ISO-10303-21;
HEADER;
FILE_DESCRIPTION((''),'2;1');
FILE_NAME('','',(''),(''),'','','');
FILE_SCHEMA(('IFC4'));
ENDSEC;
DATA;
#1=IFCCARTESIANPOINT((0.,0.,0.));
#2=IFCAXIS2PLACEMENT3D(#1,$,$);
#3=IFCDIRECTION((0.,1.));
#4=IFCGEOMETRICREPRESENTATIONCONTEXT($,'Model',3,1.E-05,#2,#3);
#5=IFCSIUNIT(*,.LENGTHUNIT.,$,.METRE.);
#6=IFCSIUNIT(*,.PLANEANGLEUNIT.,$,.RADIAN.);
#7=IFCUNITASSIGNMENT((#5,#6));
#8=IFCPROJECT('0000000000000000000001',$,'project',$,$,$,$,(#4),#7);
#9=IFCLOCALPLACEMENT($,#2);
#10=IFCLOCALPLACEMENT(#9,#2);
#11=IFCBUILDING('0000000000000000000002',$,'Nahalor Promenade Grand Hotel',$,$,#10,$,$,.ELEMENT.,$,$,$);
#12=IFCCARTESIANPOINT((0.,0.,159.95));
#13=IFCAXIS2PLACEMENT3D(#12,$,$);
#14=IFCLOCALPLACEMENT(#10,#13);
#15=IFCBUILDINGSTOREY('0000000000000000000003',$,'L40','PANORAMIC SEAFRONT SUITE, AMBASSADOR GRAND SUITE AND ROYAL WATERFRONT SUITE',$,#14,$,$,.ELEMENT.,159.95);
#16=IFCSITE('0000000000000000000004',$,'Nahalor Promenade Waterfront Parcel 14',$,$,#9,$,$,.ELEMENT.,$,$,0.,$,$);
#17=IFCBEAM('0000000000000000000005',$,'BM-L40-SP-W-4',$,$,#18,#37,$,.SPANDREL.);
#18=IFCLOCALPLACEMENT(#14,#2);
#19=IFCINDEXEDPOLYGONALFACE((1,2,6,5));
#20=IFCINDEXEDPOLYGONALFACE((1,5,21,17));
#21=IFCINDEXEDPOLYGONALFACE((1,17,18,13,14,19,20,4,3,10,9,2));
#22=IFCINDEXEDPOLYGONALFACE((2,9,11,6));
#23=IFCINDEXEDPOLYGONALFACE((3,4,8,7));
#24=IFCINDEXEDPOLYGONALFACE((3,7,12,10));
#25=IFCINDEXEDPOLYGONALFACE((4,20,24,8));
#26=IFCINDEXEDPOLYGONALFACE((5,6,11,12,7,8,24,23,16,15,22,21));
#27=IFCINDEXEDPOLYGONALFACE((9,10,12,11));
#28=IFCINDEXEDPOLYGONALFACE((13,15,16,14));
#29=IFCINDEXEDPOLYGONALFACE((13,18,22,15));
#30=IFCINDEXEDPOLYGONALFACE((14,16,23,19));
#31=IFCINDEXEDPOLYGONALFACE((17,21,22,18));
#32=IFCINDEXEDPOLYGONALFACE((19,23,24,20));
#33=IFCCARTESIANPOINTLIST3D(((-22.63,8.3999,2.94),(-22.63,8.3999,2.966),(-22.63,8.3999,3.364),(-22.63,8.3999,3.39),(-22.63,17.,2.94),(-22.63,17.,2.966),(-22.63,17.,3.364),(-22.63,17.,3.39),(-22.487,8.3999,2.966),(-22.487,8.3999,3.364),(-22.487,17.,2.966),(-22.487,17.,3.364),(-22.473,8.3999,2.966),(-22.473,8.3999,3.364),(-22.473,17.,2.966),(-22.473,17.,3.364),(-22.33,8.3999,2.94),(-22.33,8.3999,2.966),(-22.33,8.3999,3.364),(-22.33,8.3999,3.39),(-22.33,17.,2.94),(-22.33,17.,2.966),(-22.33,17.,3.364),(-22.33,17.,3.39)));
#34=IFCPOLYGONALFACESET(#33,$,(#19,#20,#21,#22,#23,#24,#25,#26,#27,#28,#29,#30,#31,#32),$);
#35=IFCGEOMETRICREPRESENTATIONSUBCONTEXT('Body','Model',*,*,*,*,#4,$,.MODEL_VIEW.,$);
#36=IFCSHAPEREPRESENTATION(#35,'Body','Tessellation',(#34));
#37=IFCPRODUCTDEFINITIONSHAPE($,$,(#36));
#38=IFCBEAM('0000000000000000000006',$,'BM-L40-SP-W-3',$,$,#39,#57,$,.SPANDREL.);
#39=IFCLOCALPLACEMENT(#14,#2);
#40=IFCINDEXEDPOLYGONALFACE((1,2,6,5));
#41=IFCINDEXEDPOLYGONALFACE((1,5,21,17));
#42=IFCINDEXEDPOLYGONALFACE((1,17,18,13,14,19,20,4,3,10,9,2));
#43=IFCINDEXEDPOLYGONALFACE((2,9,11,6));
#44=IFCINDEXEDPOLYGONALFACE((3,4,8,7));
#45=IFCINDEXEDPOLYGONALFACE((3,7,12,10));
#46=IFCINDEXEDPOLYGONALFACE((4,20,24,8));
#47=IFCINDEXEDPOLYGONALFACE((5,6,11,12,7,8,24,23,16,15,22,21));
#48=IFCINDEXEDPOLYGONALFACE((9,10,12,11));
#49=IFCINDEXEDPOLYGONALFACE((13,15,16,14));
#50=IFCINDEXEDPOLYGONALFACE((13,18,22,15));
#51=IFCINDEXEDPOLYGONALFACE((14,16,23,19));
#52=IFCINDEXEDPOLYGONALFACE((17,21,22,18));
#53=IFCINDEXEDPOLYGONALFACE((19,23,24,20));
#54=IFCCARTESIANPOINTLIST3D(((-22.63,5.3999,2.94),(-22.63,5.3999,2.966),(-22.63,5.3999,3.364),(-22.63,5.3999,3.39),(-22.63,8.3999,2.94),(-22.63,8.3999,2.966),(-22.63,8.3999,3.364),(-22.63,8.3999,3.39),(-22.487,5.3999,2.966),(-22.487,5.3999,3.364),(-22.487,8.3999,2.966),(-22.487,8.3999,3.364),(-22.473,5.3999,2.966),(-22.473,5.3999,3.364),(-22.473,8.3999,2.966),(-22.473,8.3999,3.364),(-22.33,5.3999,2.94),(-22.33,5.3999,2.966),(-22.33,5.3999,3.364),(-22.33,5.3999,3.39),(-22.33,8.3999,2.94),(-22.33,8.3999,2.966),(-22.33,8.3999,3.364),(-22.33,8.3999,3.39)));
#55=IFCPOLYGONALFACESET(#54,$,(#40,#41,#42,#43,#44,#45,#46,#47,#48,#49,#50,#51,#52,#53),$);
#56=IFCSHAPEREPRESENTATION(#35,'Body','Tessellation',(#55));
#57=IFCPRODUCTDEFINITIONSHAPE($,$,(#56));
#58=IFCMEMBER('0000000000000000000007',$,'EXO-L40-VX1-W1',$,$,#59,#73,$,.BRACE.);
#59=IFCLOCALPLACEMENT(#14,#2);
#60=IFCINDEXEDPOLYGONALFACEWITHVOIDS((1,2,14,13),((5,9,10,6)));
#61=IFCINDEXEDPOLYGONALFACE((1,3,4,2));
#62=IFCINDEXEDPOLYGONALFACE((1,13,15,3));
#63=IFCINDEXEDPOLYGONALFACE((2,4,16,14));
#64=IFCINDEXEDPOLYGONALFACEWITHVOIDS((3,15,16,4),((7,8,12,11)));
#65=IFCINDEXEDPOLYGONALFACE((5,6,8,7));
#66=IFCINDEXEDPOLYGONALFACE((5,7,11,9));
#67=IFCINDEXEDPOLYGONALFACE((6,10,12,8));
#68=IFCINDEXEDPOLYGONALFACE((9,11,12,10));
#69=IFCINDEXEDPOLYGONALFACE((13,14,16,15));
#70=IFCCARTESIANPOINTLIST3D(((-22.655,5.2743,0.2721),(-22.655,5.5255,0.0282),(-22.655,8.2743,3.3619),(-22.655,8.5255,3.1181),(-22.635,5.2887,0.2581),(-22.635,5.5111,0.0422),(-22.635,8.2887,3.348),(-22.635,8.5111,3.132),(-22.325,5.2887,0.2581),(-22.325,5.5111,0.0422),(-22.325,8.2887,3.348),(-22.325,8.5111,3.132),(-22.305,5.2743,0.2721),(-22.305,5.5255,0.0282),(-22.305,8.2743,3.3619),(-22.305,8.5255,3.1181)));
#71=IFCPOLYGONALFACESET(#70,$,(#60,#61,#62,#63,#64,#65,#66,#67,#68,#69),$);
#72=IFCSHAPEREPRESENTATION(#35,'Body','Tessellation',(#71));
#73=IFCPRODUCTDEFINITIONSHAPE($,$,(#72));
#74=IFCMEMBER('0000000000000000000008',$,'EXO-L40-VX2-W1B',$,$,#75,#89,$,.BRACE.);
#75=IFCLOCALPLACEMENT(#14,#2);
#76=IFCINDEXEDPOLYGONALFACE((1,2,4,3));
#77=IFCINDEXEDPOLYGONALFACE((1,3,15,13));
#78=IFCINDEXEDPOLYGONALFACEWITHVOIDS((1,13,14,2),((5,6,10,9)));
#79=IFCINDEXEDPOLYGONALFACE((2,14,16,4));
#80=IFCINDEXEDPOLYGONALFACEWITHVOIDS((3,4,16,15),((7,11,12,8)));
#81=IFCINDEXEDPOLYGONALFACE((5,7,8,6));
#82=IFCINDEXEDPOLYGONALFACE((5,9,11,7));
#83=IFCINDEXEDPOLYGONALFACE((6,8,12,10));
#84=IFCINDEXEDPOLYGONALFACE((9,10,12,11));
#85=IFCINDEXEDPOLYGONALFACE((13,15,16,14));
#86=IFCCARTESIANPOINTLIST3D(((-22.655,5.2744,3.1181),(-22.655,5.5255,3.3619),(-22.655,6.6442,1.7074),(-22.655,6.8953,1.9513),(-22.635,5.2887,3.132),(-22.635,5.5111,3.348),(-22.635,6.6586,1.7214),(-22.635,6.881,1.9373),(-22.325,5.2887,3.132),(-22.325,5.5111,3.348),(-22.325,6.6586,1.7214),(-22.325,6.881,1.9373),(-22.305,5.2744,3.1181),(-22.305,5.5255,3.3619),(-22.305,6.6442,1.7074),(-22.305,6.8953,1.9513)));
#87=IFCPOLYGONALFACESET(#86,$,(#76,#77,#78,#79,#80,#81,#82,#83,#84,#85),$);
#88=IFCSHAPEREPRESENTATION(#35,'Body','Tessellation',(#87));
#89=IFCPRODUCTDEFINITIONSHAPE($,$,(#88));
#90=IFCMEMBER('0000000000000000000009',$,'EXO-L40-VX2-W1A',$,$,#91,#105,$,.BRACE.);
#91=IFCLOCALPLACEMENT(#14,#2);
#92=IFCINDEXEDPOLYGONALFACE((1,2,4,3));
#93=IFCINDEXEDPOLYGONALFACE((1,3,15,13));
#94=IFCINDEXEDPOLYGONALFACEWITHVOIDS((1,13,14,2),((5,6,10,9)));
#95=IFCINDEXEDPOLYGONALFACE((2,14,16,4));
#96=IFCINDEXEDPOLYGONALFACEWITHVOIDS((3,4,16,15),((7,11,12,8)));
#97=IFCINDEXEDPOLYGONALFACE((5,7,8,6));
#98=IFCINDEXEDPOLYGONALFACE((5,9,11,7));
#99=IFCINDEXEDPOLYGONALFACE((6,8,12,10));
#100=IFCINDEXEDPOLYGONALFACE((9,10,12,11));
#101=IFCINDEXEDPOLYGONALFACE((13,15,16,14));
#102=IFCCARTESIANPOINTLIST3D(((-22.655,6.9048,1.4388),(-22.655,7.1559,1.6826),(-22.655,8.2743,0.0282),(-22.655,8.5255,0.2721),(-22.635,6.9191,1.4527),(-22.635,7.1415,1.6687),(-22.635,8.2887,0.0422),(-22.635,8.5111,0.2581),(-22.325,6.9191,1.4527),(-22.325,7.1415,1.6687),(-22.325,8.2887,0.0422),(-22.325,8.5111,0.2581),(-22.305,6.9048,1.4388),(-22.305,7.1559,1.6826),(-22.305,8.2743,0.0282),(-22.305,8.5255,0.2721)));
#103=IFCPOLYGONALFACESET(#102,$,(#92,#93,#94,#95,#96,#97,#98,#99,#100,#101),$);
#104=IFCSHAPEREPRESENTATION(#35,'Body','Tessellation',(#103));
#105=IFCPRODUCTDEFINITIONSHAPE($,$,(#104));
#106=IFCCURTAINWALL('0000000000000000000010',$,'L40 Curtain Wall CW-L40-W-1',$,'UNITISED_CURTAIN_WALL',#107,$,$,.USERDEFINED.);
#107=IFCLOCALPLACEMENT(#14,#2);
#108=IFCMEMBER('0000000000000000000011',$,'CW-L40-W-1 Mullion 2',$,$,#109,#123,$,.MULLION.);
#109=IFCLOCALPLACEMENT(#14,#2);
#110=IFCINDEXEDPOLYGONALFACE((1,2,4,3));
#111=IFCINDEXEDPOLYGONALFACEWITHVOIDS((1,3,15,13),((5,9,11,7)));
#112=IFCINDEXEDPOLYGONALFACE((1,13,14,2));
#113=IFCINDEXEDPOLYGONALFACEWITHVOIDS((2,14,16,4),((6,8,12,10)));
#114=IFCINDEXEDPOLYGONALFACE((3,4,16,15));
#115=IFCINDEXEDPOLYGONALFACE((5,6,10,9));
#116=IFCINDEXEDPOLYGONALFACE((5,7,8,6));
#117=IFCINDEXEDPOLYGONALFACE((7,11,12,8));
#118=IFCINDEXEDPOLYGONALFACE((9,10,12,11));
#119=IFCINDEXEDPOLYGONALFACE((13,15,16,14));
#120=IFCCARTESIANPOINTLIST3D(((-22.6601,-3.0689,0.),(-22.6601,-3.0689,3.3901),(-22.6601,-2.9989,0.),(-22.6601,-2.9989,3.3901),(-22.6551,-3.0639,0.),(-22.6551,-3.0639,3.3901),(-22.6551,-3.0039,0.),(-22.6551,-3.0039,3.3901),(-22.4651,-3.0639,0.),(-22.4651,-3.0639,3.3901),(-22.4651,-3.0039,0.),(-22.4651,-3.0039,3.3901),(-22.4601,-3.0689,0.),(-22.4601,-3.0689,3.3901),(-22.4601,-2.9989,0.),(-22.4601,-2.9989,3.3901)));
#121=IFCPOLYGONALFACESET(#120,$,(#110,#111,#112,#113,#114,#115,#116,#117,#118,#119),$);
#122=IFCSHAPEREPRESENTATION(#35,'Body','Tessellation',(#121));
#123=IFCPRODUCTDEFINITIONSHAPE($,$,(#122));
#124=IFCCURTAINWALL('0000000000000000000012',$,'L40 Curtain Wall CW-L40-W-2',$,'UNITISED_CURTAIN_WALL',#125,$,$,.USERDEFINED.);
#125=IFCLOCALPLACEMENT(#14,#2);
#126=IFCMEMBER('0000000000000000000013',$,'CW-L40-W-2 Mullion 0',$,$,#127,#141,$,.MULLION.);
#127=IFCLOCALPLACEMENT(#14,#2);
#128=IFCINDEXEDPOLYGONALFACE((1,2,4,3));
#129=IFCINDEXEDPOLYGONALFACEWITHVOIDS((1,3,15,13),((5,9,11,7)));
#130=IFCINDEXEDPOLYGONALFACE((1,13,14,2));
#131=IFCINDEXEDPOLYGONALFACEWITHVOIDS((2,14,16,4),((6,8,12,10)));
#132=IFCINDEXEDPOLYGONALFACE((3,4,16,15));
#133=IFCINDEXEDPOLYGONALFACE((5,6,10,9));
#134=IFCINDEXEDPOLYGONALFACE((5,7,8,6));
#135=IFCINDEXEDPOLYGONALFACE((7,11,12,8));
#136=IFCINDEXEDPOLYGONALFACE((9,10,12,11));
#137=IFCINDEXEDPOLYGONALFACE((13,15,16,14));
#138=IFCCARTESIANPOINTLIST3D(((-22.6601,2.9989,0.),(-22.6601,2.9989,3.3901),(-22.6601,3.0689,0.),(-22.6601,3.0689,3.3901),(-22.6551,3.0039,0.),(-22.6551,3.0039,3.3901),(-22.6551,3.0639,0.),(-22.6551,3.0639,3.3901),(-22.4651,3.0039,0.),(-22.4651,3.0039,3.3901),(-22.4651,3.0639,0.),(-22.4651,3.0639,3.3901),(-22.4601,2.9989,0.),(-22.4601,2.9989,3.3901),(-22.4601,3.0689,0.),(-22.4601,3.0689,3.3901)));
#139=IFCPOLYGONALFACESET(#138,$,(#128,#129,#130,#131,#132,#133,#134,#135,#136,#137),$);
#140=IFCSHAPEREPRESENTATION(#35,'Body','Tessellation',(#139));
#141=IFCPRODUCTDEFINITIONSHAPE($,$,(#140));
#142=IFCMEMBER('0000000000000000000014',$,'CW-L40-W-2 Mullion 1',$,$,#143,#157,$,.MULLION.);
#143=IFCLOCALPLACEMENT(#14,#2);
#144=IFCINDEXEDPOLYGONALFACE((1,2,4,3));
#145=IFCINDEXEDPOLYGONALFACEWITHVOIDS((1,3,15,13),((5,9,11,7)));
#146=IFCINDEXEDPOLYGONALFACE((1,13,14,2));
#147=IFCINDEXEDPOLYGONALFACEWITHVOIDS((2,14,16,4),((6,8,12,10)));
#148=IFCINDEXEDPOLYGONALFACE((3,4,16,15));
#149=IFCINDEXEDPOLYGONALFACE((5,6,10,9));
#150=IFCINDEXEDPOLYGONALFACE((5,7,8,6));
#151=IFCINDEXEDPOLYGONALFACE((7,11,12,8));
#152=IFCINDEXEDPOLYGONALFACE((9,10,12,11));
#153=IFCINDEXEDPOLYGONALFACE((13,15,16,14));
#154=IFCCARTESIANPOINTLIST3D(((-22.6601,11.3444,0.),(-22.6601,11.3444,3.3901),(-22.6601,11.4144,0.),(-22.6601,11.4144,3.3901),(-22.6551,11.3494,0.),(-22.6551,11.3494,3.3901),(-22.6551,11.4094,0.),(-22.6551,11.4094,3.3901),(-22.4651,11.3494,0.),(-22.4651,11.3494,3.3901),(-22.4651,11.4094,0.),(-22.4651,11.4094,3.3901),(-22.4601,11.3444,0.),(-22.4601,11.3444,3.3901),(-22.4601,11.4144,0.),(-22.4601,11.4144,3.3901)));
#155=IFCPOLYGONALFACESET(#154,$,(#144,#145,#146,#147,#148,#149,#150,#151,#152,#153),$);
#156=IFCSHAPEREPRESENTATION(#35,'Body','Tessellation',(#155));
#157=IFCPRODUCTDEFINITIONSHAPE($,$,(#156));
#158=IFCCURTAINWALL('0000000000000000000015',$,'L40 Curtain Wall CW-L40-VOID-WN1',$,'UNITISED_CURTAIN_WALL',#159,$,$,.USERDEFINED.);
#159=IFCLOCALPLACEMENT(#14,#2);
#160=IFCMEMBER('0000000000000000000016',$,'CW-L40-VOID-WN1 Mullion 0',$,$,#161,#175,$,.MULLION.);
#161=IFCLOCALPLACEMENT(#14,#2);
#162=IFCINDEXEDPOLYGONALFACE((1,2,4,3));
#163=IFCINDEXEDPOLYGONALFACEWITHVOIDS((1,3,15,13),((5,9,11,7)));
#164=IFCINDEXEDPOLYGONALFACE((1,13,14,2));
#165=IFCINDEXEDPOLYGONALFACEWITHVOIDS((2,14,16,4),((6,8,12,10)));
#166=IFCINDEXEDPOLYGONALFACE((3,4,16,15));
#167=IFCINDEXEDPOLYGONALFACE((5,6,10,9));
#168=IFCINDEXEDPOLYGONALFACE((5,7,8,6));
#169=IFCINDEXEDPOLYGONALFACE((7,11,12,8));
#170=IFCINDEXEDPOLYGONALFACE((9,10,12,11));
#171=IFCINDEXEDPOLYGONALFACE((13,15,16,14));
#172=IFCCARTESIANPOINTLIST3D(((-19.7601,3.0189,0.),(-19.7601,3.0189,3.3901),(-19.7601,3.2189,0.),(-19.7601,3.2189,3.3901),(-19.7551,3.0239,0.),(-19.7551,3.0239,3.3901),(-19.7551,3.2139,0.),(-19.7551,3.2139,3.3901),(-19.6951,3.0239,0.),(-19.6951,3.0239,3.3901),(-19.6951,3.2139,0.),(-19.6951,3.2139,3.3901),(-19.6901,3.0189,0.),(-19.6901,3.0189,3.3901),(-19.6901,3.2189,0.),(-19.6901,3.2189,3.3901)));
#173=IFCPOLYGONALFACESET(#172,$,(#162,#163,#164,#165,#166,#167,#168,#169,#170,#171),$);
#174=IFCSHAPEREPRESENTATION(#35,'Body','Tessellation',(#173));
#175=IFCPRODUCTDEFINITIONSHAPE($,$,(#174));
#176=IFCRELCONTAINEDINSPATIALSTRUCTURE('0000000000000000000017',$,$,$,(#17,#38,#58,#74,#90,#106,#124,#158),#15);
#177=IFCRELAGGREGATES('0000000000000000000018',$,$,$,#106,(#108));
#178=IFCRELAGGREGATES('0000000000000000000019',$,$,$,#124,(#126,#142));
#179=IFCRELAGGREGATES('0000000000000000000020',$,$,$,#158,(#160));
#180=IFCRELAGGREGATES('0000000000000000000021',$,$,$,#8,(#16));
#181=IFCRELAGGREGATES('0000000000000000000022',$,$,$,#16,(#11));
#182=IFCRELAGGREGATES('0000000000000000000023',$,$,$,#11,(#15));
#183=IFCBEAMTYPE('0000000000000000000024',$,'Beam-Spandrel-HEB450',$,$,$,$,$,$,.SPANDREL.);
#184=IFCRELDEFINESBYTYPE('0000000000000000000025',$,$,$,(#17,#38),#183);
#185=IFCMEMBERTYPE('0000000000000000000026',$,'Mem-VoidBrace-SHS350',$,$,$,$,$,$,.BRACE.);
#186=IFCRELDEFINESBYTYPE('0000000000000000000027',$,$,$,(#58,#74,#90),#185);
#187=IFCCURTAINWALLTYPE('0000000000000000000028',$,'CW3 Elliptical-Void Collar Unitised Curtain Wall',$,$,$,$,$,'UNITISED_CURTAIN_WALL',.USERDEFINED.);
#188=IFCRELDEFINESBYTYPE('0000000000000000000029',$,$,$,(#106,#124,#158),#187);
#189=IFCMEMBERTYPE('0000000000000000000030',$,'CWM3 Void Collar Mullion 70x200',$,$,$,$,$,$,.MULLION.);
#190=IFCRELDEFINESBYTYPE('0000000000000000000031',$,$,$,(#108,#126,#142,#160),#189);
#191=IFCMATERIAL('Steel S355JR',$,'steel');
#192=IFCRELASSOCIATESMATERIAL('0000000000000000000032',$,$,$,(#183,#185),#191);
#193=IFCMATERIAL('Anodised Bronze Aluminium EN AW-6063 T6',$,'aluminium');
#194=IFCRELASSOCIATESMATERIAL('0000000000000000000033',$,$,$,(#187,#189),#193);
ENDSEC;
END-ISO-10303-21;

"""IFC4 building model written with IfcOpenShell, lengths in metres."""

from ifc_helpers import new_model, si_unit, direction, frame, origin, origin_2d, place, context, subcontext, project, spatial, hollow_rectangle, i_section, extrude, source, transform, mapped, material, material_profile, profile_set, type_object, element, aggregate, save


model = new_model("IFC4")

# Units and contexts
model_context = context("Model", 3, precision=1e-05, world=origin(), true_north=direction((0.0, 1.0)))
body_context = subcontext(model_context, "Body", "Model", "MODEL_VIEW")
ifc_project = project(units=[si_unit("LENGTHUNIT", "METRE"), si_unit("PLANEANGLEUNIT", "RADIAN")], contexts=[model_context])

# Site, building, storey
site_placement = place(None, origin())
site = spatial("IfcSite", under=ifc_project, at=site_placement, Name="Nahalor Promenade Waterfront Parcel 14", CompositionType="ELEMENT", RefElevation=0.0)
building_placement = place(site_placement, origin())
building = spatial("IfcBuilding", under=site, at=building_placement, Name="Nahalor Promenade Grand Hotel", CompositionType="ELEMENT")
storey_placement = place(building_placement, frame((0.0, 0.0, 159.95)))
storey = spatial("IfcBuildingStorey", under=building, at=storey_placement, Name="L40", Description="PANORAMIC SEAFRONT SUITE, AMBASSADOR GRAND SUITE AND ROYAL WATERFRONT SUITE", CompositionType="ELEMENT", Elevation=159.95)

# Beams
ifc_material_1 = material(Name="Steel S355JR", Category="steel")
ifc_material_profile_1 = material_profile(ifc_material_1, i_section(OverallWidth=0.3, OverallDepth=0.45, WebThickness=0.014, FlangeThickness=0.026, at=origin_2d()), Name="HEB 450")
ifc_profile_set_1 = profile_set([ifc_material_profile_1], Name="Steel S355JR")
beam_type_1 = type_object("IfcBeamType", Name="Beam-Spandrel-HEB450", PredefinedType="SPANDREL", material=ifc_profile_set_1)
shared_shape_1 = source(origin(), body_context, "Body", "SweptSolid", [
    extrude(i_section(OverallWidth=0.3, OverallDepth=0.45, WebThickness=0.014, FlangeThickness=0.026, at=origin_2d()), origin(), (0.0, 0.0, 1.0), 8.6001),
])
beam_1_placement = place(storey_placement, frame((-22.48, 8.3999, 3.165), z_axis=(0.0, 1.0, 0.0), x_axis=(-1.0, 0.0, 0.0)))
element("IfcBeam", 1, at=beam_1_placement, inside=storey, type_object=beam_type_1, Name="BM-L40-SP-W-4", PredefinedType="SPANDREL", context=body_context, shape_type="MappedRepresentation", body=[
    mapped(shared_shape_1, transform((0.0, 0.0, 0.0), scale=1.0)),
])
shared_shape_2 = source(origin(), body_context, "Body", "SweptSolid", [
    extrude(i_section(OverallWidth=0.3, OverallDepth=0.45, WebThickness=0.014, FlangeThickness=0.026, at=origin_2d()), origin(), (0.0, 0.0, 1.0), 3.0),
])
beam_2_placement = place(storey_placement, frame((-22.48, 5.3999, 3.165), z_axis=(0.0, 1.0, 0.0), x_axis=(-1.0, 0.0, 0.0)))
element("IfcBeam", 2, at=beam_2_placement, inside=storey, type_object=beam_type_1, Name="BM-L40-SP-W-3", PredefinedType="SPANDREL", context=body_context, shape_type="MappedRepresentation", body=[
    mapped(shared_shape_2, transform((0.0, 0.0, 0.0), scale=1.0)),
])

# Members
ifc_material_profile_2 = material_profile(ifc_material_1, hollow_rectangle(XDim=0.35, YDim=0.35, WallThickness=0.02, at=origin_2d()), Name="SHS 350x350x20")
ifc_profile_set_2 = profile_set([ifc_material_profile_2], Name="Steel S355JR")
member_type_1 = type_object("IfcMemberType", Name="Mem-VoidBrace-SHS350", PredefinedType="BRACE", material=ifc_profile_set_2)
shared_shape_3 = source(origin(), body_context, "Body", "SweptSolid", [
    extrude(hollow_rectangle(XDim=0.35, YDim=0.35, WallThickness=0.02, at=origin_2d()), origin(), (0.0, 0.0, 1.0), 4.3066),
])
member_1_placement = place(storey_placement, frame((-22.48, 5.3999, 0.1501), z_axis=(0.0, 0.696599, 0.717461), x_axis=(-1.0, 0.0, 0.0)))
element("IfcMember", 3, at=member_1_placement, inside=storey, type_object=member_type_1, Name="EXO-L40-VX1-W1", PredefinedType="BRACE", context=body_context, shape_type="MappedRepresentation", body=[
    mapped(shared_shape_3, transform((0.0, 0.0, 0.0), scale=1.0)),
])
shared_shape_4 = source(origin(), body_context, "Body", "SweptSolid", [
    extrude(hollow_rectangle(XDim=0.35, YDim=0.35, WallThickness=0.02, at=origin_2d()), origin(), (0.0, 0.0, 1.0), 1.9663),
])
member_2_placement = place(storey_placement, frame((-22.48, 6.7698, 1.8293), z_axis=(0.0, -0.696663, 0.717398), x_axis=(1.0, 0.0, 0.0)))
element("IfcMember", 4, at=member_2_placement, inside=storey, type_object=member_type_1, Name="EXO-L40-VX2-W1B", PredefinedType="BRACE", context=body_context, shape_type="MappedRepresentation", body=[
    mapped(shared_shape_4, transform((0.0, 0.0, 0.0), scale=1.0)),
])
shared_shape_5 = source(origin(), body_context, "Body", "SweptSolid", [
    extrude(hollow_rectangle(XDim=0.35, YDim=0.35, WallThickness=0.02, at=origin_2d()), origin(), (0.0, 0.0, 1.0), 1.9661),
])
member_3_placement = place(storey_placement, frame((-22.48, 8.3999, 0.1501), z_axis=(0.0, -0.696599, 0.71746), x_axis=(1.0, 0.0, 0.0)))
element("IfcMember", 5, at=member_3_placement, inside=storey, type_object=member_type_1, Name="EXO-L40-VX2-W1A", PredefinedType="BRACE", context=body_context, shape_type="MappedRepresentation", body=[
    mapped(shared_shape_5, transform((0.0, 0.0, 0.0), scale=1.0)),
])

# Curtain wall, member
ifc_material_2 = material(Name="Anodised Bronze Aluminium EN AW-6063 T6", Category="aluminium")
curtain_wall_type = type_object("IfcCurtainWallType", Name="CW3 Elliptical-Void Collar Unitised Curtain Wall", ElementType="UNITISED_CURTAIN_WALL", PredefinedType="USERDEFINED", material=ifc_material_2)
curtain_wall_1_placement = place(storey_placement, origin())
curtain_wall_1 = element("IfcCurtainWall", 6, at=curtain_wall_1_placement, inside=storey, type_object=curtain_wall_type, Name="L40 Curtain Wall CW-L40-W-1", ObjectType="UNITISED_CURTAIN_WALL", PredefinedType="USERDEFINED")
ifc_material_profile_3 = material_profile(ifc_material_2, hollow_rectangle(XDim=0.07, YDim=0.2, WallThickness=0.005, at=origin_2d()), Name="CWM 70x200x5")
ifc_profile_set_3 = profile_set([ifc_material_profile_3], Name="Anodised Bronze Aluminium EN AW-6063 T6")
member_type_2 = type_object("IfcMemberType", Name="CWM3 Void Collar Mullion 70x200", PredefinedType="MULLION", material=ifc_profile_set_3)
shared_shape_6 = source(origin(), body_context, "Body", "SweptSolid", [
    extrude(hollow_rectangle(XDim=0.07, YDim=0.2, WallThickness=0.005, at=origin_2d()), origin(), (0.0, 0.0, 1.0), 3.3901),
])
member_4_placement = place(storey_placement, frame((-22.5601, -3.0339, 0.0), z_axis=(0.0, 0.0, 1.0), x_axis=(0.0, 1.0, 0.0)))
member_4 = element("IfcMember", 7, at=member_4_placement, type_object=member_type_2, Name="CW-L40-W-1 Mullion 2", PredefinedType="MULLION", context=body_context, shape_type="MappedRepresentation", body=[
    mapped(shared_shape_6, transform((0.0, 0.0, 0.0), scale=1.0)),
])
aggregate(curtain_wall_1, [member_4])

# Curtain wall, members
curtain_wall_2_placement = place(storey_placement, origin())
curtain_wall_2 = element("IfcCurtainWall", 8, at=curtain_wall_2_placement, inside=storey, type_object=curtain_wall_type, Name="L40 Curtain Wall CW-L40-W-2", ObjectType="UNITISED_CURTAIN_WALL", PredefinedType="USERDEFINED")
member_5_placement = place(storey_placement, frame((-22.5601, 3.0339, 0.0), z_axis=(0.0, 0.0, 1.0), x_axis=(0.0, 1.0, 0.0)))
member_5 = element("IfcMember", 9, at=member_5_placement, type_object=member_type_2, Name="CW-L40-W-2 Mullion 0", PredefinedType="MULLION", context=body_context, shape_type="MappedRepresentation", body=[
    mapped(shared_shape_6, transform((0.0, 0.0, 0.0), scale=1.0)),
])
member_6_placement = place(storey_placement, frame((-22.5601, 11.3794, 0.0), z_axis=(0.0, 0.0, 1.0), x_axis=(0.0, 1.0, 0.0)))
member_6 = element("IfcMember", 10, at=member_6_placement, type_object=member_type_2, Name="CW-L40-W-2 Mullion 1", PredefinedType="MULLION", context=body_context, shape_type="MappedRepresentation", body=[
    mapped(shared_shape_6, transform((0.0, 0.0, 0.0), scale=1.0)),
])

# Curtain wall, member
curtain_wall_3_placement = place(storey_placement, origin())
curtain_wall_3 = element("IfcCurtainWall", 11, at=curtain_wall_3_placement, inside=storey, type_object=curtain_wall_type, Name="L40 Curtain Wall CW-L40-VOID-WN1", ObjectType="UNITISED_CURTAIN_WALL", PredefinedType="USERDEFINED")
member_7_placement = place(storey_placement, frame((-19.7251, 3.1189, 0.0), z_axis=(0.0, 0.0, 1.0), x_axis=(1.0, 0.0, 0.0)))
member_7 = element("IfcMember", 12, at=member_7_placement, type_object=member_type_2, Name="CW-L40-VOID-WN1 Mullion 0", PredefinedType="MULLION", context=body_context, shape_type="MappedRepresentation", body=[
    mapped(shared_shape_6, transform((0.0, 0.0, 0.0), scale=1.0)),
])

aggregate(curtain_wall_2, [member_5, member_6])
aggregate(curtain_wall_3, [member_7])

save(model, "model.ifc")
